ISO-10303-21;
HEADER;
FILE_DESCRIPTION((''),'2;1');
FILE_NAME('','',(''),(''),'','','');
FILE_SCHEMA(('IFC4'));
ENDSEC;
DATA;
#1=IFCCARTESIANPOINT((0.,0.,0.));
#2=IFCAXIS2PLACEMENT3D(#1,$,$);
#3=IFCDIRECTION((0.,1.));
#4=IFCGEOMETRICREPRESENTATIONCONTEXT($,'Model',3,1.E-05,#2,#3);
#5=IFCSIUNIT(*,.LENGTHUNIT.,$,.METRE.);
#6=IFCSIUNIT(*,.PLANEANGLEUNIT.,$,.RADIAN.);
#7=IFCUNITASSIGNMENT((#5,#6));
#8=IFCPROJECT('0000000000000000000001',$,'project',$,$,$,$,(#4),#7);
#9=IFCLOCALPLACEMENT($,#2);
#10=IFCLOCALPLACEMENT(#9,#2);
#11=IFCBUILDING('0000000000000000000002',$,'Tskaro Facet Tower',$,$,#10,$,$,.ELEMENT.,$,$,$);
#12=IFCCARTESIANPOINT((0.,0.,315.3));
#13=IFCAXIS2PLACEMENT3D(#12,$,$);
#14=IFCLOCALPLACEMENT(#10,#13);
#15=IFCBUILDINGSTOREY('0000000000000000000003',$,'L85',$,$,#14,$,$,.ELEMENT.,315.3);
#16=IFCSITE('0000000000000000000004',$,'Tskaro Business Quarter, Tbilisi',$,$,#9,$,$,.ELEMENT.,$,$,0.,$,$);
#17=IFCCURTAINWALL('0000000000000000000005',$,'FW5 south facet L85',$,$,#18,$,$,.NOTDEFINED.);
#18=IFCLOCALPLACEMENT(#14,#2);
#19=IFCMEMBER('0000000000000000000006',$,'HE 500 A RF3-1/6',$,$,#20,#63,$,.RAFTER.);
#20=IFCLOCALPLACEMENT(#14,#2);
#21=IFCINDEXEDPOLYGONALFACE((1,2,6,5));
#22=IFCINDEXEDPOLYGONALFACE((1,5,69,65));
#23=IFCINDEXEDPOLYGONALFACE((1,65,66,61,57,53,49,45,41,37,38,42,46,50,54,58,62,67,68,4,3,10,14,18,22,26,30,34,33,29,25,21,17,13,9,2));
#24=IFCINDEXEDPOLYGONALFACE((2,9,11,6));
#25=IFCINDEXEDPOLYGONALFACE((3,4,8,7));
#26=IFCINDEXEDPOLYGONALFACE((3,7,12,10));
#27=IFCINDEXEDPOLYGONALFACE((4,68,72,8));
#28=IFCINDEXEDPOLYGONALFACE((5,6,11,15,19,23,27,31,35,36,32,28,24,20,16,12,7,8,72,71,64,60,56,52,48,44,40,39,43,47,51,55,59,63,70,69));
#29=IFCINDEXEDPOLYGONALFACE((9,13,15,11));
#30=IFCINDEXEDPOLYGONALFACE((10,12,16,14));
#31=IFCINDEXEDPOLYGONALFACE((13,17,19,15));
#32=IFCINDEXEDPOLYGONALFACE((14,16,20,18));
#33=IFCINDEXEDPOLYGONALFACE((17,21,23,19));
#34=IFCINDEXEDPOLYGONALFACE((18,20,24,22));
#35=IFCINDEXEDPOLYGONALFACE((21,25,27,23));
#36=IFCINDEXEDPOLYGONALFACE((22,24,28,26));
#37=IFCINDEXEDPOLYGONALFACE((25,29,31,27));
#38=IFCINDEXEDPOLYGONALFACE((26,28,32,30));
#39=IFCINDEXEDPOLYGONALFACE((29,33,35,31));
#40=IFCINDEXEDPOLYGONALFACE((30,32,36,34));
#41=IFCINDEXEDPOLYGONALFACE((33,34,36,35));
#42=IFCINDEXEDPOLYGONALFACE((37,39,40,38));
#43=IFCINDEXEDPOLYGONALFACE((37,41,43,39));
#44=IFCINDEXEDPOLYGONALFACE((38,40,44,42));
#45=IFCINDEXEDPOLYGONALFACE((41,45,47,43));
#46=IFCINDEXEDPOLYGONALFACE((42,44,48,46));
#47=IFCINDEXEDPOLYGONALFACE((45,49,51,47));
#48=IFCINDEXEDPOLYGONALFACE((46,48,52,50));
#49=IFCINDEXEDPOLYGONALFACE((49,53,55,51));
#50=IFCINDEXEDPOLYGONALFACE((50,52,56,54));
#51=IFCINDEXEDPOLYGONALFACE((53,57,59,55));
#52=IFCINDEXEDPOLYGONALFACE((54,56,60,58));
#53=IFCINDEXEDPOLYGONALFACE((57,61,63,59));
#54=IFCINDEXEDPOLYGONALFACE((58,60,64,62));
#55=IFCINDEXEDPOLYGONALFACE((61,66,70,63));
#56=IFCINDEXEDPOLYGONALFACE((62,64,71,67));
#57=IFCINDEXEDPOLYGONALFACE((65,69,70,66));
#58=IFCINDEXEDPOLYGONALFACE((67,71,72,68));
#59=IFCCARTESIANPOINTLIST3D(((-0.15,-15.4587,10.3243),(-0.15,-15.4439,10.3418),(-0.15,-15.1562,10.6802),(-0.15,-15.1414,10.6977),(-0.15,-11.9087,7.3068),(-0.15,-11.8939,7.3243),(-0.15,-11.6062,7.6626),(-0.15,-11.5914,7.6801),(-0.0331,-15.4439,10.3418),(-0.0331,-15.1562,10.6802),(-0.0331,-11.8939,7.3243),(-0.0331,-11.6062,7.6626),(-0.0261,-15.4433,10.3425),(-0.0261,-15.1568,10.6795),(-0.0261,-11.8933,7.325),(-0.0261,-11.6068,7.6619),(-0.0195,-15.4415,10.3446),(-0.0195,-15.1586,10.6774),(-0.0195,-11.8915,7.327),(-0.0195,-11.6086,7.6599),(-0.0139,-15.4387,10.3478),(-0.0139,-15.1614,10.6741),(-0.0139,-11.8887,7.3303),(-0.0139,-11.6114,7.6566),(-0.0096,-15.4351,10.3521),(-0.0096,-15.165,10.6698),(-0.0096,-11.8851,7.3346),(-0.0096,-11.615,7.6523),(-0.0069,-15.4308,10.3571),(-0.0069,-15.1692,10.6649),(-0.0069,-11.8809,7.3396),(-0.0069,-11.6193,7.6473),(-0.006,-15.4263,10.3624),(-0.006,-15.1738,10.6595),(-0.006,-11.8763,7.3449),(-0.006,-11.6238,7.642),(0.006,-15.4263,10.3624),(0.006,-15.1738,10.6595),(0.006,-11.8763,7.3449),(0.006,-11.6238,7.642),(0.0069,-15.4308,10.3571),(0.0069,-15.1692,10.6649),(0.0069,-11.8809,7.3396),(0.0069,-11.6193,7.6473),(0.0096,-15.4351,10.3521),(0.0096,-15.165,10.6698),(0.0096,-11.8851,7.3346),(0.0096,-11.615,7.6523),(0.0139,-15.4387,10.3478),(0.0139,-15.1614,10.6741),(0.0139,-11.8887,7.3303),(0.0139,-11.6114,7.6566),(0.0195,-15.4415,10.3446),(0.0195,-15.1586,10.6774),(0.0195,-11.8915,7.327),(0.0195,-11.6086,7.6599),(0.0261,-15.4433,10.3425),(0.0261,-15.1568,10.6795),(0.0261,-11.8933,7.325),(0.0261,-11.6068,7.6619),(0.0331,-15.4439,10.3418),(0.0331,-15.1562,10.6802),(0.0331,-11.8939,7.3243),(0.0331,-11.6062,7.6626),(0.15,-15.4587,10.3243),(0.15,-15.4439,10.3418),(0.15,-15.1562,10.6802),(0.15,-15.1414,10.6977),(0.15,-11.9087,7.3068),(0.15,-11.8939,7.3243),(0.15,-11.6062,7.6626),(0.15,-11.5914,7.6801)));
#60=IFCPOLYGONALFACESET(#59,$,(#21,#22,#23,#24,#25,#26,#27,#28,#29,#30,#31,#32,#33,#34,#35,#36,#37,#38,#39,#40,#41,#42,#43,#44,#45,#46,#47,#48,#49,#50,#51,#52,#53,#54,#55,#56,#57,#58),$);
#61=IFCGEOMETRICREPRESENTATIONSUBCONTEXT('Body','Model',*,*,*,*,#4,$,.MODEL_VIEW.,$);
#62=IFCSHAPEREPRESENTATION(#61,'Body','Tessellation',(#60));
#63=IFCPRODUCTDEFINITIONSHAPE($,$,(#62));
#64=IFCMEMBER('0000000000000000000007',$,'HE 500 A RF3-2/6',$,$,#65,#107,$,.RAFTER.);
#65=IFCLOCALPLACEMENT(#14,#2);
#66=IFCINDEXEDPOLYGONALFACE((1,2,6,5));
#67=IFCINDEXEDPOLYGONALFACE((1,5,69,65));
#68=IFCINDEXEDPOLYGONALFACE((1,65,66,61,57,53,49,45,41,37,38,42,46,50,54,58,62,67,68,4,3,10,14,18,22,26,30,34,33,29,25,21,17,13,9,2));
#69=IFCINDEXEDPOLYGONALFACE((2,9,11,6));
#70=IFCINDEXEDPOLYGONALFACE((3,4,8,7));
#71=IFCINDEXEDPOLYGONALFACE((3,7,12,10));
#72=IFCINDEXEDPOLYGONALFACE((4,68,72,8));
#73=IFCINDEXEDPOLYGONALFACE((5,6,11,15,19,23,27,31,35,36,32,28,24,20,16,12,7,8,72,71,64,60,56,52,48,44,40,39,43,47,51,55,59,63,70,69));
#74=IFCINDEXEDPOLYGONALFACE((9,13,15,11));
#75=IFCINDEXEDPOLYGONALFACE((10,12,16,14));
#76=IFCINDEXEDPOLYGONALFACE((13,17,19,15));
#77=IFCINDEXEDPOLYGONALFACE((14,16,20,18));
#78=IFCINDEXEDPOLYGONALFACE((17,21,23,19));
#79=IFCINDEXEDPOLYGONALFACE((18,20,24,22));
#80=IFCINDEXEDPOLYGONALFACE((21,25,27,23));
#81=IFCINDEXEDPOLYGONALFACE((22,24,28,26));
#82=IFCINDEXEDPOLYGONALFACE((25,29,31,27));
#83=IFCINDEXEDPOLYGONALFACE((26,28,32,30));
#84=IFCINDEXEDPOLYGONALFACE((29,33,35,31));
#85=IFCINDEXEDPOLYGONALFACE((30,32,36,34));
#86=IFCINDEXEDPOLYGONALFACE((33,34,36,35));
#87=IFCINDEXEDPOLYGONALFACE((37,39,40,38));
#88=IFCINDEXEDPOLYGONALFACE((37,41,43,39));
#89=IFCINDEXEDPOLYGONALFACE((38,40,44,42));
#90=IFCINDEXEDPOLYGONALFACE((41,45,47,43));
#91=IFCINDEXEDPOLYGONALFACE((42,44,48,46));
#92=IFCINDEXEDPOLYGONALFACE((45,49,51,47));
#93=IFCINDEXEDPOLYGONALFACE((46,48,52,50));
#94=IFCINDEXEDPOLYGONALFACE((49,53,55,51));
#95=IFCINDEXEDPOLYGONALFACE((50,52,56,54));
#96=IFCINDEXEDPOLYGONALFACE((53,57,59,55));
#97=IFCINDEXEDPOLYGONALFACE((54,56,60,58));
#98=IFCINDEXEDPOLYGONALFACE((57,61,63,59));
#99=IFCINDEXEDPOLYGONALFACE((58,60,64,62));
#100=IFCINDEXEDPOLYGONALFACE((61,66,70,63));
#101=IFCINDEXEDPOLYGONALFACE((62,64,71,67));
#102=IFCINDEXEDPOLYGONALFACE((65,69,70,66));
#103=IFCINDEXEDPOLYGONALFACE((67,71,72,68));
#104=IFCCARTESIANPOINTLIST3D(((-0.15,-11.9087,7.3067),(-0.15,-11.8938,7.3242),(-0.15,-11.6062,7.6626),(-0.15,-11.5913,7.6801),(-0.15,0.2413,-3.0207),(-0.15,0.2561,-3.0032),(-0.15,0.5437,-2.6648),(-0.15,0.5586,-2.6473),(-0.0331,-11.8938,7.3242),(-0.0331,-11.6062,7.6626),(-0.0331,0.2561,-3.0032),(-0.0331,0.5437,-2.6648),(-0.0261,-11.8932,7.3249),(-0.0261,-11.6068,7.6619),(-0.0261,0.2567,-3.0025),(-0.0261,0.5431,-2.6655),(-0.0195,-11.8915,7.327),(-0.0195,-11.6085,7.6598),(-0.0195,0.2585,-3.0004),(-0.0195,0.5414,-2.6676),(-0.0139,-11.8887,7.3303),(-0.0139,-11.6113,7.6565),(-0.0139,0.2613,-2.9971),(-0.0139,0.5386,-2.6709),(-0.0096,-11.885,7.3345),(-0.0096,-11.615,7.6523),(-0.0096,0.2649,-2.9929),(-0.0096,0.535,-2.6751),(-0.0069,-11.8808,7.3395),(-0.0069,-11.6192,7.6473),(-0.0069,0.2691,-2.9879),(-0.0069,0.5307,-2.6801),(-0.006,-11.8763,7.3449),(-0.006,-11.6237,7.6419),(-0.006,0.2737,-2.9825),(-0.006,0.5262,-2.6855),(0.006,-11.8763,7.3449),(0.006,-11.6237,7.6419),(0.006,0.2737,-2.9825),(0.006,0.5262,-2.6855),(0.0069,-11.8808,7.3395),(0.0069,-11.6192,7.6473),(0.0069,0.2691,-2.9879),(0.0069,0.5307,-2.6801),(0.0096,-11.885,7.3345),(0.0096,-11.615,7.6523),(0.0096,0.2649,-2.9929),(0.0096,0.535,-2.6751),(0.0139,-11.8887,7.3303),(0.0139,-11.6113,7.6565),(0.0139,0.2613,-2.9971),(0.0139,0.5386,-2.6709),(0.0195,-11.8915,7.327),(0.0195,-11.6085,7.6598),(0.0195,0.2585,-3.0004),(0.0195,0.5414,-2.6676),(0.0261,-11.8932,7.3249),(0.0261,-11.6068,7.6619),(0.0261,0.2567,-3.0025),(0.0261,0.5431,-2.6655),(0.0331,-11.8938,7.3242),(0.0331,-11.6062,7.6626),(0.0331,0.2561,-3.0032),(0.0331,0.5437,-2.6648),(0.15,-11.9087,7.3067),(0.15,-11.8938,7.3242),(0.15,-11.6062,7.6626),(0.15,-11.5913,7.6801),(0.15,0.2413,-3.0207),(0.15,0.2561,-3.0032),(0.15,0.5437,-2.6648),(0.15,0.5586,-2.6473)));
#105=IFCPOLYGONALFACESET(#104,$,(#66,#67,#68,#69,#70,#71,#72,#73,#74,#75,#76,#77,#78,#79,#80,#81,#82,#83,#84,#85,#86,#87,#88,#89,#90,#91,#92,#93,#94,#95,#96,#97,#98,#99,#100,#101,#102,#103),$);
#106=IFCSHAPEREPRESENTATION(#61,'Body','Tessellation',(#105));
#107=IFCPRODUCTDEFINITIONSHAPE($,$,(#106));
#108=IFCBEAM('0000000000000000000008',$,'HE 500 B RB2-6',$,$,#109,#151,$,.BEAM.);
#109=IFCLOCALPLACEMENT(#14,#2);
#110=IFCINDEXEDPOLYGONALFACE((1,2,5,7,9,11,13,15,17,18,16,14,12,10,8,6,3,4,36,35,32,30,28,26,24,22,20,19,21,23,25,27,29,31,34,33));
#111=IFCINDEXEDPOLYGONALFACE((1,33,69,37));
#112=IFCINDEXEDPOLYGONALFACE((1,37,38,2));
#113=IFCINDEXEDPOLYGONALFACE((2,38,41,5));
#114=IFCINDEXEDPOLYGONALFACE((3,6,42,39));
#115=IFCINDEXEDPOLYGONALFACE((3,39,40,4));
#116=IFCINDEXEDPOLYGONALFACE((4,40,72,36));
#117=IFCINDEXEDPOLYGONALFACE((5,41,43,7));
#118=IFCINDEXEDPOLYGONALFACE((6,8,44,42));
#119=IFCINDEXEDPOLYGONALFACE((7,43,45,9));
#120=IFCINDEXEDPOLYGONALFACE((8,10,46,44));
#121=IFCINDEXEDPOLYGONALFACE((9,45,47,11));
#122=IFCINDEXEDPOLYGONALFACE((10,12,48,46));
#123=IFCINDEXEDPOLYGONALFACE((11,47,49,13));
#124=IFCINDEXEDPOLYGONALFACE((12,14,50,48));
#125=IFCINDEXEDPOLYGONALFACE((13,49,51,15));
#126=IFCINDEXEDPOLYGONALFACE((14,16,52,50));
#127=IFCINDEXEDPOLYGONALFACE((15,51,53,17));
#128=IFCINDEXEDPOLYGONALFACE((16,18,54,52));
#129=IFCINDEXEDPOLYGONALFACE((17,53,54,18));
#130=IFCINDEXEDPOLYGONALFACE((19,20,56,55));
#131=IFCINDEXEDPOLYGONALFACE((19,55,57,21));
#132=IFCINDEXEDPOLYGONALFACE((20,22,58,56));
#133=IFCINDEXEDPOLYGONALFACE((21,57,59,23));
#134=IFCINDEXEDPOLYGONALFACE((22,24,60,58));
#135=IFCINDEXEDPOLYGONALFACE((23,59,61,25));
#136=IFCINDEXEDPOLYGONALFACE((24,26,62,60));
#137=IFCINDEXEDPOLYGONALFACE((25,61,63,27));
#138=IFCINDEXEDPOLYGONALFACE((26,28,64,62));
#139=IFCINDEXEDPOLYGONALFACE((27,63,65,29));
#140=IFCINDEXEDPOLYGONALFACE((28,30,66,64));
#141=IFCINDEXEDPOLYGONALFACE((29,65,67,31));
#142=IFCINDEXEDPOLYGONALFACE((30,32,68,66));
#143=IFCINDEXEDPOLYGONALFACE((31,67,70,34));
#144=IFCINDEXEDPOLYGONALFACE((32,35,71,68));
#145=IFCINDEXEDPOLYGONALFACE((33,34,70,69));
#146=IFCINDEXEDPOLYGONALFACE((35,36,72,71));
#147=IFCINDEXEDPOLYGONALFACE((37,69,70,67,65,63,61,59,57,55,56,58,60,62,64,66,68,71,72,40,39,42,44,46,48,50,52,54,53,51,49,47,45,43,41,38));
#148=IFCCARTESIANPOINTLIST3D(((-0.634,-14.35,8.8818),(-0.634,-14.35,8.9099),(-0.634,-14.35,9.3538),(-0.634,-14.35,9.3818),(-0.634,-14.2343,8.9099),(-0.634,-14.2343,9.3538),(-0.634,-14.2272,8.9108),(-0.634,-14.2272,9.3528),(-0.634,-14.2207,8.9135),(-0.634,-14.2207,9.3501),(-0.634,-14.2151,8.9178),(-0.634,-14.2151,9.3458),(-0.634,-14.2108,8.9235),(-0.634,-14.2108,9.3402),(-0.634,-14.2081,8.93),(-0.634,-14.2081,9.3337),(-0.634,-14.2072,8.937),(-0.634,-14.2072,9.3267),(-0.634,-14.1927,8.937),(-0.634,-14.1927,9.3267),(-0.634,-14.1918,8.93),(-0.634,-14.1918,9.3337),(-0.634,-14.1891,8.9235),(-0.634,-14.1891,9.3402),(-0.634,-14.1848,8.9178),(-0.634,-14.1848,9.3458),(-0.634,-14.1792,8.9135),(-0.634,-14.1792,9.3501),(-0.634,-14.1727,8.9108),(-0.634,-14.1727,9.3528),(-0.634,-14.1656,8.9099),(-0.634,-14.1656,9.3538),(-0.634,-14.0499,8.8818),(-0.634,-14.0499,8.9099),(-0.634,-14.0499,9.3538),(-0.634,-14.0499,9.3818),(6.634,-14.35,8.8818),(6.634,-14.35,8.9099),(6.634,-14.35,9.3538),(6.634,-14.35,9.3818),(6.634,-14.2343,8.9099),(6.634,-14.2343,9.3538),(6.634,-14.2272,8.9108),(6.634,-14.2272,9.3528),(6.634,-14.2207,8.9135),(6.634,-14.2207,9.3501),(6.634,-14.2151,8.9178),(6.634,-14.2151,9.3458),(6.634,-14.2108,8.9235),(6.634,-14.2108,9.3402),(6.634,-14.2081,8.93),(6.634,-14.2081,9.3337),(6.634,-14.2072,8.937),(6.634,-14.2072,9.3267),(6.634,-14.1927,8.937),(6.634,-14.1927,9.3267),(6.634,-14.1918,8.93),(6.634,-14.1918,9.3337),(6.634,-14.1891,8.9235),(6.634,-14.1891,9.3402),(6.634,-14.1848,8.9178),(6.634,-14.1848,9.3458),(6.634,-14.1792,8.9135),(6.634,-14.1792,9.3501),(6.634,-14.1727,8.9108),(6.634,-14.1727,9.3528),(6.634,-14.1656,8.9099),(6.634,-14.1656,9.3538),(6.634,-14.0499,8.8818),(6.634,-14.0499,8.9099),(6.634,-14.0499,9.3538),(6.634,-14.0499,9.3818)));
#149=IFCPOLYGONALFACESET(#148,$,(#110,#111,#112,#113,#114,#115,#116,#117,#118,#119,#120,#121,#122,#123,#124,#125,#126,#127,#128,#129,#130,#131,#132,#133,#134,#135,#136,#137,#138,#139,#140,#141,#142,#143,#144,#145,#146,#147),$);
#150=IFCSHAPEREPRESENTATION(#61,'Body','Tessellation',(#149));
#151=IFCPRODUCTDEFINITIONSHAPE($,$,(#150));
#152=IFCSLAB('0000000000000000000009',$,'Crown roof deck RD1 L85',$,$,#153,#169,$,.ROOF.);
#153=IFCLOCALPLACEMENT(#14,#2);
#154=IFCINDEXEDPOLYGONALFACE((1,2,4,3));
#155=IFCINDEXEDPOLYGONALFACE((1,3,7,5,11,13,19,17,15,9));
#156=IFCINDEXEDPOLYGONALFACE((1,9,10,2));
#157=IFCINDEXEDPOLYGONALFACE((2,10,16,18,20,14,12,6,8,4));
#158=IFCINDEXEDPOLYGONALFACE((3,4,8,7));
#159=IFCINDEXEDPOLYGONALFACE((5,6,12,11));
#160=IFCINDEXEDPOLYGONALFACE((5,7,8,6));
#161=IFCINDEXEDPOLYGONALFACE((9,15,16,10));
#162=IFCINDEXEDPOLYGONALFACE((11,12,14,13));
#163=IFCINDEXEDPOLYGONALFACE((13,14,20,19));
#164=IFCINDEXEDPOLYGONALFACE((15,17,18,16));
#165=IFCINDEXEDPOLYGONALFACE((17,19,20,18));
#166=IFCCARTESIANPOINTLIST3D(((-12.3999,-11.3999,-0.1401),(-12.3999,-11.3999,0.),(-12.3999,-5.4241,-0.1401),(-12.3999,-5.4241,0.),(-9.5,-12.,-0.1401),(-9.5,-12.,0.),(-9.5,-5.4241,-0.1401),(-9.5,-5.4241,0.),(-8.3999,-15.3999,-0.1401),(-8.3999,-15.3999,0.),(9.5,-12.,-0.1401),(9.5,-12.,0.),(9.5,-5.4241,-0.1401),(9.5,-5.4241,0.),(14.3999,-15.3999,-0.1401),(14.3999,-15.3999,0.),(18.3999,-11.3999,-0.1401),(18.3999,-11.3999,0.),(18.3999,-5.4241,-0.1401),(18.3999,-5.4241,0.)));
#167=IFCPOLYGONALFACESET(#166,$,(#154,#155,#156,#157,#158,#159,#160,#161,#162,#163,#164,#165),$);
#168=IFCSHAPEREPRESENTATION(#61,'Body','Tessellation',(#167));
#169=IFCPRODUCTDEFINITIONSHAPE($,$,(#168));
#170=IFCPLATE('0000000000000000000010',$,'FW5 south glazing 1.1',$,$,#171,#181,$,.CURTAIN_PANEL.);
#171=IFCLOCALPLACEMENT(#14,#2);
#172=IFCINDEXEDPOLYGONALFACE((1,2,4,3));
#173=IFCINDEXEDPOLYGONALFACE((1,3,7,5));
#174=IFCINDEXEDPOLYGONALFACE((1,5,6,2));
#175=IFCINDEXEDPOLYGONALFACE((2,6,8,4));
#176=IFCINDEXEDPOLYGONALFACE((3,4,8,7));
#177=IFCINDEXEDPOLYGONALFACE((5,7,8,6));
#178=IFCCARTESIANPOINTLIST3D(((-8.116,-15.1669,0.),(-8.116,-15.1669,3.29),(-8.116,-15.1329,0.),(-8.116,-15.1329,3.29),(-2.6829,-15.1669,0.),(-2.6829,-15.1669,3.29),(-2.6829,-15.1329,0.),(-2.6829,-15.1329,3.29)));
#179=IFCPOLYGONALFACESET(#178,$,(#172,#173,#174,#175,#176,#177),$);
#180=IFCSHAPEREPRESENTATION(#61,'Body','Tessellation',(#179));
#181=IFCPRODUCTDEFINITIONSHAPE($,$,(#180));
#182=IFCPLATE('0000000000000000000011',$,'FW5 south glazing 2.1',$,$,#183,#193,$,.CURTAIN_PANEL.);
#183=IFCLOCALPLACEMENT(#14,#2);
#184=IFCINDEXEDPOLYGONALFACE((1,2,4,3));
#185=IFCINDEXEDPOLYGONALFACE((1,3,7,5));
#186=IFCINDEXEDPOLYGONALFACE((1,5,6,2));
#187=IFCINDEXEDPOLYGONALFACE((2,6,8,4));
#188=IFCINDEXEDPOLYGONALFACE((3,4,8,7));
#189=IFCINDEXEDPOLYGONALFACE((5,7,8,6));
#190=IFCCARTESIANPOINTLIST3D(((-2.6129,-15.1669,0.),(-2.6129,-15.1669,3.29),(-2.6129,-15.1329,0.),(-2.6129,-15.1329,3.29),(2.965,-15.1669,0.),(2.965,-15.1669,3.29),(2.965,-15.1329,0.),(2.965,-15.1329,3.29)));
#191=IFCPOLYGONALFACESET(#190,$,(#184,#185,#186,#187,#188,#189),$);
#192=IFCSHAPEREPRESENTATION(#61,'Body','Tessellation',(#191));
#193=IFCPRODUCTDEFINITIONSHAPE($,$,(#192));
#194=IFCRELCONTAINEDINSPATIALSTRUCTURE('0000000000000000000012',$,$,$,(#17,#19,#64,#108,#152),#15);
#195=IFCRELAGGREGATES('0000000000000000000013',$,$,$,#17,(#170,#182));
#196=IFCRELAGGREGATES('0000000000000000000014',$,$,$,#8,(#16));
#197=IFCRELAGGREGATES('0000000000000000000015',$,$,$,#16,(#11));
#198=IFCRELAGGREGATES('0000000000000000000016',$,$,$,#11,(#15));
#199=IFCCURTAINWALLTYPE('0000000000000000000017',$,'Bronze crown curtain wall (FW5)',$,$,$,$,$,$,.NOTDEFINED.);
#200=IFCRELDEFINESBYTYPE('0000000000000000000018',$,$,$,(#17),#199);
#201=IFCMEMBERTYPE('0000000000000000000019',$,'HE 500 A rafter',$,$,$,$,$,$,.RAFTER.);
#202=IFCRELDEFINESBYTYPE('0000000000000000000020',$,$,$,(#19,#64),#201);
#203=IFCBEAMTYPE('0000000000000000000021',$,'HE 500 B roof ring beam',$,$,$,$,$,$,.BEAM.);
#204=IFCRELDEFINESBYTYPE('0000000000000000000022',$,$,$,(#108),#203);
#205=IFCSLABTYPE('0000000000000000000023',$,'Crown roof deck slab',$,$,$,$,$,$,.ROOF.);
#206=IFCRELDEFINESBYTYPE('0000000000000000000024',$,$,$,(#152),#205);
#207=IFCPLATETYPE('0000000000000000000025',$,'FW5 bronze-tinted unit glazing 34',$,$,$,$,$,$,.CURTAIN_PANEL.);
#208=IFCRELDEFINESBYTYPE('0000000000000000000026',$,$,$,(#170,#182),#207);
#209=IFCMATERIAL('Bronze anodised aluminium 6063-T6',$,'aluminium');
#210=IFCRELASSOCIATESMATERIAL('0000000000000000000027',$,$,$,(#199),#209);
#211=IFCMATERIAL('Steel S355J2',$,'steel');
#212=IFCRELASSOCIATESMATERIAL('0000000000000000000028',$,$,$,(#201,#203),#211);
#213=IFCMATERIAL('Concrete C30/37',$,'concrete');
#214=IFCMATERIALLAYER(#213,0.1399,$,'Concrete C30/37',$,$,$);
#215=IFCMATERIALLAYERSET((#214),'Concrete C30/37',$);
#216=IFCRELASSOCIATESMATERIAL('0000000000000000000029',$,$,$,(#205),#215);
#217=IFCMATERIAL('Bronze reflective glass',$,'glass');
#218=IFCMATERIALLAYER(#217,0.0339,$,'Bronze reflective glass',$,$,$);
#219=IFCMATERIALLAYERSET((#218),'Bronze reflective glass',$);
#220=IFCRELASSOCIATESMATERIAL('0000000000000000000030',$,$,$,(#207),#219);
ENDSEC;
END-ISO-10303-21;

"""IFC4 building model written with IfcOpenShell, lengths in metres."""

from ifc_helpers import new_model, si_unit, direction, frame, origin, origin_2d, place, context, subcontext, project, spatial, polyline, rectangle, i_section, outline, extrude, material, layer, layer_set, material_profile, profile_set, type_object, element, aggregate, save


model = new_model("IFC4")

# Units and contexts
model_context = context("Model", 3, precision=1e-05, world=origin(), true_north=direction((0.0, 1.0)))
body_context = subcontext(model_context, "Body", "Model", "MODEL_VIEW")
ifc_project = project(units=[si_unit("LENGTHUNIT", "METRE"), si_unit("PLANEANGLEUNIT", "RADIAN")], contexts=[model_context])

# Site, building, storey
site_placement = place(None, origin())
site = spatial("IfcSite", under=ifc_project, at=site_placement, Name="Tskaro Business Quarter, Tbilisi", CompositionType="ELEMENT", RefElevation=0.0)
building_placement = place(site_placement, origin())
building = spatial("IfcBuilding", under=site, at=building_placement, Name="Tskaro Facet Tower", CompositionType="ELEMENT")
storey_placement = place(building_placement, frame((0.0, 0.0, 315.3)))
storey = spatial("IfcBuildingStorey", under=building, at=storey_placement, Name="L85", CompositionType="ELEMENT", Elevation=315.3)

# Curtain wall
ifc_material_1 = material(Name="Bronze anodised aluminium 6063-T6", Category="aluminium")
curtain_wall_type_1 = type_object("IfcCurtainWallType", Name="Bronze crown curtain wall (FW5)", PredefinedType="NOTDEFINED", material=ifc_material_1)
curtain_wall_1_placement = place(storey_placement, origin())
curtain_wall_1 = element("IfcCurtainWall", 1, at=curtain_wall_1_placement, inside=storey, type_object=curtain_wall_type_1, Name="FW5 south facet L85", PredefinedType="NOTDEFINED")

# Members
ifc_material_2 = material(Name="Steel S355J2", Category="steel")
ifc_material_profile_1 = material_profile(ifc_material_2, i_section(OverallWidth=0.3, OverallDepth=0.49, WebThickness=0.012, FlangeThickness=0.0229, FilletRadius=0.0271, at=origin_2d()), Name="HE 500 A")
ifc_profile_set_1 = profile_set([ifc_material_profile_1], Name="Steel S355J2")
member_type_1 = type_object("IfcMemberType", Name="HE 500 A rafter", PredefinedType="RAFTER", material=ifc_profile_set_1)
member_1_placement = place(storey_placement, frame((0.0, -15.3, 10.511), z_axis=(0.0, 0.761935, -0.647653), x_axis=(-1.0, 0.0, 0.0)))
element("IfcMember", 2, at=member_1_placement, inside=storey, type_object=member_type_1, Name="HE 500 A RF3-1/6", PredefinedType="RAFTER", context=body_context, shape_type="SweptSolid", body=[
    extrude(i_section(OverallWidth=0.3, OverallDepth=0.49, WebThickness=0.012, FlangeThickness=0.0229, FilletRadius=0.0271, at=origin_2d()), origin(), (0.0, 0.0, 1.0), 4.6592),
])
member_2_placement = place(storey_placement, frame((0.0, -11.75, 7.4934), z_axis=(0.0, 0.76194, -0.647648), x_axis=(-1.0, 0.0, 0.0)))
element("IfcMember", 3, at=member_2_placement, inside=storey, type_object=member_type_1, Name="HE 500 A RF3-2/6", PredefinedType="RAFTER", context=body_context, shape_type="SweptSolid", body=[
    extrude(i_section(OverallWidth=0.3, OverallDepth=0.49, WebThickness=0.012, FlangeThickness=0.0229, FilletRadius=0.0271, at=origin_2d()), origin(), (0.0, 0.0, 1.0), 15.946),
])

# Beam
ifc_material_profile_2 = material_profile(ifc_material_2, i_section(OverallWidth=0.3, OverallDepth=0.5, WebThickness=0.0144, FlangeThickness=0.0281, FilletRadius=0.0271, at=origin_2d()), Name="HE 500 B")
ifc_profile_set_2 = profile_set([ifc_material_profile_2], Name="Steel S355J2")
beam_type = type_object("IfcBeamType", Name="HE 500 B roof ring beam", PredefinedType="BEAM", material=ifc_profile_set_2)
beam_placement = place(storey_placement, frame((-0.634, -14.2, 9.1318), z_axis=(1.0, 0.0, 0.0), x_axis=(0.0, 1.0, 0.0)))
element("IfcBeam", 4, at=beam_placement, inside=storey, type_object=beam_type, Name="HE 500 B RB2-6", PredefinedType="BEAM", context=body_context, shape_type="SweptSolid", body=[
    extrude(i_section(OverallWidth=0.3, OverallDepth=0.5, WebThickness=0.0144, FlangeThickness=0.0281, FilletRadius=0.0271, at=origin_2d()), origin(), (0.0, 0.0, 1.0), 7.2681),
])

# Slab
ifc_material_3 = material(Name="Concrete C30/37", Category="concrete")
ifc_layer_1 = layer(ifc_material_3, 0.1399, Name="Concrete C30/37")
ifc_layer_set_1 = layer_set([ifc_layer_1], Name="Concrete C30/37")
slab_type = type_object("IfcSlabType", Name="Crown roof deck slab", PredefinedType="ROOF", material=ifc_layer_set_1)
slab_placement = place(storey_placement, frame((0.0, 0.0, -0.1401)))
element("IfcSlab", 5, at=slab_placement, inside=storey, type_object=slab_type, Name="Crown roof deck RD1 L85", PredefinedType="ROOF", context=body_context, shape_type="SweptSolid", body=[
    extrude(outline(polyline([(18.3999, -5.4241), (18.3999, -11.3999), (14.3999, -15.3999), (-8.3999, -15.3999), (-12.3999, -11.3999), (-12.3999, -5.4241), (-9.5, -5.4241), (-9.5, -12.0), (9.5, -12.0), (9.5, -5.4241), (18.3999, -5.4241)])), origin(), (0.0, 0.0, 1.0), 0.1401),
])

# Plates
ifc_material_4 = material(Name="Bronze reflective glass", Category="glass")
ifc_layer_2 = layer(ifc_material_4, 0.0339, Name="Bronze reflective glass")
ifc_layer_set_2 = layer_set([ifc_layer_2], Name="Bronze reflective glass")
plate_type_1 = type_object("IfcPlateType", Name="FW5 bronze-tinted unit glazing 34", PredefinedType="CURTAIN_PANEL", material=ifc_layer_set_2)
plate_1_placement = place(storey_placement, frame((-5.3994, -15.1499, 0.0), z_axis=(0.0, 0.0, 1.0), x_axis=(1.0, 0.0, 0.0)))
plate_1 = element("IfcPlate", 6, at=plate_1_placement, type_object=plate_type_1, Name="FW5 south glazing 1.1", PredefinedType="CURTAIN_PANEL", context=body_context, shape_type="SweptSolid", body=[
    extrude(rectangle(XDim=5.4331, YDim=0.0339, at=origin_2d()), origin(), (0.0, 0.0, 1.0), 3.29),
])
plate_2_placement = place(storey_placement, frame((0.176, -15.1499, 0.0), z_axis=(0.0, 0.0, 1.0), x_axis=(1.0, 0.0, 0.0)))
plate_2 = element("IfcPlate", 7, at=plate_2_placement, type_object=plate_type_1, Name="FW5 south glazing 2.1", PredefinedType="CURTAIN_PANEL", context=body_context, shape_type="SweptSolid", body=[
    extrude(rectangle(XDim=5.5779, YDim=0.0339, at=origin_2d()), origin(), (0.0, 0.0, 1.0), 3.29),
])
aggregate(curtain_wall_1, [plate_1, plate_2])

save(model, "model.ifc")
